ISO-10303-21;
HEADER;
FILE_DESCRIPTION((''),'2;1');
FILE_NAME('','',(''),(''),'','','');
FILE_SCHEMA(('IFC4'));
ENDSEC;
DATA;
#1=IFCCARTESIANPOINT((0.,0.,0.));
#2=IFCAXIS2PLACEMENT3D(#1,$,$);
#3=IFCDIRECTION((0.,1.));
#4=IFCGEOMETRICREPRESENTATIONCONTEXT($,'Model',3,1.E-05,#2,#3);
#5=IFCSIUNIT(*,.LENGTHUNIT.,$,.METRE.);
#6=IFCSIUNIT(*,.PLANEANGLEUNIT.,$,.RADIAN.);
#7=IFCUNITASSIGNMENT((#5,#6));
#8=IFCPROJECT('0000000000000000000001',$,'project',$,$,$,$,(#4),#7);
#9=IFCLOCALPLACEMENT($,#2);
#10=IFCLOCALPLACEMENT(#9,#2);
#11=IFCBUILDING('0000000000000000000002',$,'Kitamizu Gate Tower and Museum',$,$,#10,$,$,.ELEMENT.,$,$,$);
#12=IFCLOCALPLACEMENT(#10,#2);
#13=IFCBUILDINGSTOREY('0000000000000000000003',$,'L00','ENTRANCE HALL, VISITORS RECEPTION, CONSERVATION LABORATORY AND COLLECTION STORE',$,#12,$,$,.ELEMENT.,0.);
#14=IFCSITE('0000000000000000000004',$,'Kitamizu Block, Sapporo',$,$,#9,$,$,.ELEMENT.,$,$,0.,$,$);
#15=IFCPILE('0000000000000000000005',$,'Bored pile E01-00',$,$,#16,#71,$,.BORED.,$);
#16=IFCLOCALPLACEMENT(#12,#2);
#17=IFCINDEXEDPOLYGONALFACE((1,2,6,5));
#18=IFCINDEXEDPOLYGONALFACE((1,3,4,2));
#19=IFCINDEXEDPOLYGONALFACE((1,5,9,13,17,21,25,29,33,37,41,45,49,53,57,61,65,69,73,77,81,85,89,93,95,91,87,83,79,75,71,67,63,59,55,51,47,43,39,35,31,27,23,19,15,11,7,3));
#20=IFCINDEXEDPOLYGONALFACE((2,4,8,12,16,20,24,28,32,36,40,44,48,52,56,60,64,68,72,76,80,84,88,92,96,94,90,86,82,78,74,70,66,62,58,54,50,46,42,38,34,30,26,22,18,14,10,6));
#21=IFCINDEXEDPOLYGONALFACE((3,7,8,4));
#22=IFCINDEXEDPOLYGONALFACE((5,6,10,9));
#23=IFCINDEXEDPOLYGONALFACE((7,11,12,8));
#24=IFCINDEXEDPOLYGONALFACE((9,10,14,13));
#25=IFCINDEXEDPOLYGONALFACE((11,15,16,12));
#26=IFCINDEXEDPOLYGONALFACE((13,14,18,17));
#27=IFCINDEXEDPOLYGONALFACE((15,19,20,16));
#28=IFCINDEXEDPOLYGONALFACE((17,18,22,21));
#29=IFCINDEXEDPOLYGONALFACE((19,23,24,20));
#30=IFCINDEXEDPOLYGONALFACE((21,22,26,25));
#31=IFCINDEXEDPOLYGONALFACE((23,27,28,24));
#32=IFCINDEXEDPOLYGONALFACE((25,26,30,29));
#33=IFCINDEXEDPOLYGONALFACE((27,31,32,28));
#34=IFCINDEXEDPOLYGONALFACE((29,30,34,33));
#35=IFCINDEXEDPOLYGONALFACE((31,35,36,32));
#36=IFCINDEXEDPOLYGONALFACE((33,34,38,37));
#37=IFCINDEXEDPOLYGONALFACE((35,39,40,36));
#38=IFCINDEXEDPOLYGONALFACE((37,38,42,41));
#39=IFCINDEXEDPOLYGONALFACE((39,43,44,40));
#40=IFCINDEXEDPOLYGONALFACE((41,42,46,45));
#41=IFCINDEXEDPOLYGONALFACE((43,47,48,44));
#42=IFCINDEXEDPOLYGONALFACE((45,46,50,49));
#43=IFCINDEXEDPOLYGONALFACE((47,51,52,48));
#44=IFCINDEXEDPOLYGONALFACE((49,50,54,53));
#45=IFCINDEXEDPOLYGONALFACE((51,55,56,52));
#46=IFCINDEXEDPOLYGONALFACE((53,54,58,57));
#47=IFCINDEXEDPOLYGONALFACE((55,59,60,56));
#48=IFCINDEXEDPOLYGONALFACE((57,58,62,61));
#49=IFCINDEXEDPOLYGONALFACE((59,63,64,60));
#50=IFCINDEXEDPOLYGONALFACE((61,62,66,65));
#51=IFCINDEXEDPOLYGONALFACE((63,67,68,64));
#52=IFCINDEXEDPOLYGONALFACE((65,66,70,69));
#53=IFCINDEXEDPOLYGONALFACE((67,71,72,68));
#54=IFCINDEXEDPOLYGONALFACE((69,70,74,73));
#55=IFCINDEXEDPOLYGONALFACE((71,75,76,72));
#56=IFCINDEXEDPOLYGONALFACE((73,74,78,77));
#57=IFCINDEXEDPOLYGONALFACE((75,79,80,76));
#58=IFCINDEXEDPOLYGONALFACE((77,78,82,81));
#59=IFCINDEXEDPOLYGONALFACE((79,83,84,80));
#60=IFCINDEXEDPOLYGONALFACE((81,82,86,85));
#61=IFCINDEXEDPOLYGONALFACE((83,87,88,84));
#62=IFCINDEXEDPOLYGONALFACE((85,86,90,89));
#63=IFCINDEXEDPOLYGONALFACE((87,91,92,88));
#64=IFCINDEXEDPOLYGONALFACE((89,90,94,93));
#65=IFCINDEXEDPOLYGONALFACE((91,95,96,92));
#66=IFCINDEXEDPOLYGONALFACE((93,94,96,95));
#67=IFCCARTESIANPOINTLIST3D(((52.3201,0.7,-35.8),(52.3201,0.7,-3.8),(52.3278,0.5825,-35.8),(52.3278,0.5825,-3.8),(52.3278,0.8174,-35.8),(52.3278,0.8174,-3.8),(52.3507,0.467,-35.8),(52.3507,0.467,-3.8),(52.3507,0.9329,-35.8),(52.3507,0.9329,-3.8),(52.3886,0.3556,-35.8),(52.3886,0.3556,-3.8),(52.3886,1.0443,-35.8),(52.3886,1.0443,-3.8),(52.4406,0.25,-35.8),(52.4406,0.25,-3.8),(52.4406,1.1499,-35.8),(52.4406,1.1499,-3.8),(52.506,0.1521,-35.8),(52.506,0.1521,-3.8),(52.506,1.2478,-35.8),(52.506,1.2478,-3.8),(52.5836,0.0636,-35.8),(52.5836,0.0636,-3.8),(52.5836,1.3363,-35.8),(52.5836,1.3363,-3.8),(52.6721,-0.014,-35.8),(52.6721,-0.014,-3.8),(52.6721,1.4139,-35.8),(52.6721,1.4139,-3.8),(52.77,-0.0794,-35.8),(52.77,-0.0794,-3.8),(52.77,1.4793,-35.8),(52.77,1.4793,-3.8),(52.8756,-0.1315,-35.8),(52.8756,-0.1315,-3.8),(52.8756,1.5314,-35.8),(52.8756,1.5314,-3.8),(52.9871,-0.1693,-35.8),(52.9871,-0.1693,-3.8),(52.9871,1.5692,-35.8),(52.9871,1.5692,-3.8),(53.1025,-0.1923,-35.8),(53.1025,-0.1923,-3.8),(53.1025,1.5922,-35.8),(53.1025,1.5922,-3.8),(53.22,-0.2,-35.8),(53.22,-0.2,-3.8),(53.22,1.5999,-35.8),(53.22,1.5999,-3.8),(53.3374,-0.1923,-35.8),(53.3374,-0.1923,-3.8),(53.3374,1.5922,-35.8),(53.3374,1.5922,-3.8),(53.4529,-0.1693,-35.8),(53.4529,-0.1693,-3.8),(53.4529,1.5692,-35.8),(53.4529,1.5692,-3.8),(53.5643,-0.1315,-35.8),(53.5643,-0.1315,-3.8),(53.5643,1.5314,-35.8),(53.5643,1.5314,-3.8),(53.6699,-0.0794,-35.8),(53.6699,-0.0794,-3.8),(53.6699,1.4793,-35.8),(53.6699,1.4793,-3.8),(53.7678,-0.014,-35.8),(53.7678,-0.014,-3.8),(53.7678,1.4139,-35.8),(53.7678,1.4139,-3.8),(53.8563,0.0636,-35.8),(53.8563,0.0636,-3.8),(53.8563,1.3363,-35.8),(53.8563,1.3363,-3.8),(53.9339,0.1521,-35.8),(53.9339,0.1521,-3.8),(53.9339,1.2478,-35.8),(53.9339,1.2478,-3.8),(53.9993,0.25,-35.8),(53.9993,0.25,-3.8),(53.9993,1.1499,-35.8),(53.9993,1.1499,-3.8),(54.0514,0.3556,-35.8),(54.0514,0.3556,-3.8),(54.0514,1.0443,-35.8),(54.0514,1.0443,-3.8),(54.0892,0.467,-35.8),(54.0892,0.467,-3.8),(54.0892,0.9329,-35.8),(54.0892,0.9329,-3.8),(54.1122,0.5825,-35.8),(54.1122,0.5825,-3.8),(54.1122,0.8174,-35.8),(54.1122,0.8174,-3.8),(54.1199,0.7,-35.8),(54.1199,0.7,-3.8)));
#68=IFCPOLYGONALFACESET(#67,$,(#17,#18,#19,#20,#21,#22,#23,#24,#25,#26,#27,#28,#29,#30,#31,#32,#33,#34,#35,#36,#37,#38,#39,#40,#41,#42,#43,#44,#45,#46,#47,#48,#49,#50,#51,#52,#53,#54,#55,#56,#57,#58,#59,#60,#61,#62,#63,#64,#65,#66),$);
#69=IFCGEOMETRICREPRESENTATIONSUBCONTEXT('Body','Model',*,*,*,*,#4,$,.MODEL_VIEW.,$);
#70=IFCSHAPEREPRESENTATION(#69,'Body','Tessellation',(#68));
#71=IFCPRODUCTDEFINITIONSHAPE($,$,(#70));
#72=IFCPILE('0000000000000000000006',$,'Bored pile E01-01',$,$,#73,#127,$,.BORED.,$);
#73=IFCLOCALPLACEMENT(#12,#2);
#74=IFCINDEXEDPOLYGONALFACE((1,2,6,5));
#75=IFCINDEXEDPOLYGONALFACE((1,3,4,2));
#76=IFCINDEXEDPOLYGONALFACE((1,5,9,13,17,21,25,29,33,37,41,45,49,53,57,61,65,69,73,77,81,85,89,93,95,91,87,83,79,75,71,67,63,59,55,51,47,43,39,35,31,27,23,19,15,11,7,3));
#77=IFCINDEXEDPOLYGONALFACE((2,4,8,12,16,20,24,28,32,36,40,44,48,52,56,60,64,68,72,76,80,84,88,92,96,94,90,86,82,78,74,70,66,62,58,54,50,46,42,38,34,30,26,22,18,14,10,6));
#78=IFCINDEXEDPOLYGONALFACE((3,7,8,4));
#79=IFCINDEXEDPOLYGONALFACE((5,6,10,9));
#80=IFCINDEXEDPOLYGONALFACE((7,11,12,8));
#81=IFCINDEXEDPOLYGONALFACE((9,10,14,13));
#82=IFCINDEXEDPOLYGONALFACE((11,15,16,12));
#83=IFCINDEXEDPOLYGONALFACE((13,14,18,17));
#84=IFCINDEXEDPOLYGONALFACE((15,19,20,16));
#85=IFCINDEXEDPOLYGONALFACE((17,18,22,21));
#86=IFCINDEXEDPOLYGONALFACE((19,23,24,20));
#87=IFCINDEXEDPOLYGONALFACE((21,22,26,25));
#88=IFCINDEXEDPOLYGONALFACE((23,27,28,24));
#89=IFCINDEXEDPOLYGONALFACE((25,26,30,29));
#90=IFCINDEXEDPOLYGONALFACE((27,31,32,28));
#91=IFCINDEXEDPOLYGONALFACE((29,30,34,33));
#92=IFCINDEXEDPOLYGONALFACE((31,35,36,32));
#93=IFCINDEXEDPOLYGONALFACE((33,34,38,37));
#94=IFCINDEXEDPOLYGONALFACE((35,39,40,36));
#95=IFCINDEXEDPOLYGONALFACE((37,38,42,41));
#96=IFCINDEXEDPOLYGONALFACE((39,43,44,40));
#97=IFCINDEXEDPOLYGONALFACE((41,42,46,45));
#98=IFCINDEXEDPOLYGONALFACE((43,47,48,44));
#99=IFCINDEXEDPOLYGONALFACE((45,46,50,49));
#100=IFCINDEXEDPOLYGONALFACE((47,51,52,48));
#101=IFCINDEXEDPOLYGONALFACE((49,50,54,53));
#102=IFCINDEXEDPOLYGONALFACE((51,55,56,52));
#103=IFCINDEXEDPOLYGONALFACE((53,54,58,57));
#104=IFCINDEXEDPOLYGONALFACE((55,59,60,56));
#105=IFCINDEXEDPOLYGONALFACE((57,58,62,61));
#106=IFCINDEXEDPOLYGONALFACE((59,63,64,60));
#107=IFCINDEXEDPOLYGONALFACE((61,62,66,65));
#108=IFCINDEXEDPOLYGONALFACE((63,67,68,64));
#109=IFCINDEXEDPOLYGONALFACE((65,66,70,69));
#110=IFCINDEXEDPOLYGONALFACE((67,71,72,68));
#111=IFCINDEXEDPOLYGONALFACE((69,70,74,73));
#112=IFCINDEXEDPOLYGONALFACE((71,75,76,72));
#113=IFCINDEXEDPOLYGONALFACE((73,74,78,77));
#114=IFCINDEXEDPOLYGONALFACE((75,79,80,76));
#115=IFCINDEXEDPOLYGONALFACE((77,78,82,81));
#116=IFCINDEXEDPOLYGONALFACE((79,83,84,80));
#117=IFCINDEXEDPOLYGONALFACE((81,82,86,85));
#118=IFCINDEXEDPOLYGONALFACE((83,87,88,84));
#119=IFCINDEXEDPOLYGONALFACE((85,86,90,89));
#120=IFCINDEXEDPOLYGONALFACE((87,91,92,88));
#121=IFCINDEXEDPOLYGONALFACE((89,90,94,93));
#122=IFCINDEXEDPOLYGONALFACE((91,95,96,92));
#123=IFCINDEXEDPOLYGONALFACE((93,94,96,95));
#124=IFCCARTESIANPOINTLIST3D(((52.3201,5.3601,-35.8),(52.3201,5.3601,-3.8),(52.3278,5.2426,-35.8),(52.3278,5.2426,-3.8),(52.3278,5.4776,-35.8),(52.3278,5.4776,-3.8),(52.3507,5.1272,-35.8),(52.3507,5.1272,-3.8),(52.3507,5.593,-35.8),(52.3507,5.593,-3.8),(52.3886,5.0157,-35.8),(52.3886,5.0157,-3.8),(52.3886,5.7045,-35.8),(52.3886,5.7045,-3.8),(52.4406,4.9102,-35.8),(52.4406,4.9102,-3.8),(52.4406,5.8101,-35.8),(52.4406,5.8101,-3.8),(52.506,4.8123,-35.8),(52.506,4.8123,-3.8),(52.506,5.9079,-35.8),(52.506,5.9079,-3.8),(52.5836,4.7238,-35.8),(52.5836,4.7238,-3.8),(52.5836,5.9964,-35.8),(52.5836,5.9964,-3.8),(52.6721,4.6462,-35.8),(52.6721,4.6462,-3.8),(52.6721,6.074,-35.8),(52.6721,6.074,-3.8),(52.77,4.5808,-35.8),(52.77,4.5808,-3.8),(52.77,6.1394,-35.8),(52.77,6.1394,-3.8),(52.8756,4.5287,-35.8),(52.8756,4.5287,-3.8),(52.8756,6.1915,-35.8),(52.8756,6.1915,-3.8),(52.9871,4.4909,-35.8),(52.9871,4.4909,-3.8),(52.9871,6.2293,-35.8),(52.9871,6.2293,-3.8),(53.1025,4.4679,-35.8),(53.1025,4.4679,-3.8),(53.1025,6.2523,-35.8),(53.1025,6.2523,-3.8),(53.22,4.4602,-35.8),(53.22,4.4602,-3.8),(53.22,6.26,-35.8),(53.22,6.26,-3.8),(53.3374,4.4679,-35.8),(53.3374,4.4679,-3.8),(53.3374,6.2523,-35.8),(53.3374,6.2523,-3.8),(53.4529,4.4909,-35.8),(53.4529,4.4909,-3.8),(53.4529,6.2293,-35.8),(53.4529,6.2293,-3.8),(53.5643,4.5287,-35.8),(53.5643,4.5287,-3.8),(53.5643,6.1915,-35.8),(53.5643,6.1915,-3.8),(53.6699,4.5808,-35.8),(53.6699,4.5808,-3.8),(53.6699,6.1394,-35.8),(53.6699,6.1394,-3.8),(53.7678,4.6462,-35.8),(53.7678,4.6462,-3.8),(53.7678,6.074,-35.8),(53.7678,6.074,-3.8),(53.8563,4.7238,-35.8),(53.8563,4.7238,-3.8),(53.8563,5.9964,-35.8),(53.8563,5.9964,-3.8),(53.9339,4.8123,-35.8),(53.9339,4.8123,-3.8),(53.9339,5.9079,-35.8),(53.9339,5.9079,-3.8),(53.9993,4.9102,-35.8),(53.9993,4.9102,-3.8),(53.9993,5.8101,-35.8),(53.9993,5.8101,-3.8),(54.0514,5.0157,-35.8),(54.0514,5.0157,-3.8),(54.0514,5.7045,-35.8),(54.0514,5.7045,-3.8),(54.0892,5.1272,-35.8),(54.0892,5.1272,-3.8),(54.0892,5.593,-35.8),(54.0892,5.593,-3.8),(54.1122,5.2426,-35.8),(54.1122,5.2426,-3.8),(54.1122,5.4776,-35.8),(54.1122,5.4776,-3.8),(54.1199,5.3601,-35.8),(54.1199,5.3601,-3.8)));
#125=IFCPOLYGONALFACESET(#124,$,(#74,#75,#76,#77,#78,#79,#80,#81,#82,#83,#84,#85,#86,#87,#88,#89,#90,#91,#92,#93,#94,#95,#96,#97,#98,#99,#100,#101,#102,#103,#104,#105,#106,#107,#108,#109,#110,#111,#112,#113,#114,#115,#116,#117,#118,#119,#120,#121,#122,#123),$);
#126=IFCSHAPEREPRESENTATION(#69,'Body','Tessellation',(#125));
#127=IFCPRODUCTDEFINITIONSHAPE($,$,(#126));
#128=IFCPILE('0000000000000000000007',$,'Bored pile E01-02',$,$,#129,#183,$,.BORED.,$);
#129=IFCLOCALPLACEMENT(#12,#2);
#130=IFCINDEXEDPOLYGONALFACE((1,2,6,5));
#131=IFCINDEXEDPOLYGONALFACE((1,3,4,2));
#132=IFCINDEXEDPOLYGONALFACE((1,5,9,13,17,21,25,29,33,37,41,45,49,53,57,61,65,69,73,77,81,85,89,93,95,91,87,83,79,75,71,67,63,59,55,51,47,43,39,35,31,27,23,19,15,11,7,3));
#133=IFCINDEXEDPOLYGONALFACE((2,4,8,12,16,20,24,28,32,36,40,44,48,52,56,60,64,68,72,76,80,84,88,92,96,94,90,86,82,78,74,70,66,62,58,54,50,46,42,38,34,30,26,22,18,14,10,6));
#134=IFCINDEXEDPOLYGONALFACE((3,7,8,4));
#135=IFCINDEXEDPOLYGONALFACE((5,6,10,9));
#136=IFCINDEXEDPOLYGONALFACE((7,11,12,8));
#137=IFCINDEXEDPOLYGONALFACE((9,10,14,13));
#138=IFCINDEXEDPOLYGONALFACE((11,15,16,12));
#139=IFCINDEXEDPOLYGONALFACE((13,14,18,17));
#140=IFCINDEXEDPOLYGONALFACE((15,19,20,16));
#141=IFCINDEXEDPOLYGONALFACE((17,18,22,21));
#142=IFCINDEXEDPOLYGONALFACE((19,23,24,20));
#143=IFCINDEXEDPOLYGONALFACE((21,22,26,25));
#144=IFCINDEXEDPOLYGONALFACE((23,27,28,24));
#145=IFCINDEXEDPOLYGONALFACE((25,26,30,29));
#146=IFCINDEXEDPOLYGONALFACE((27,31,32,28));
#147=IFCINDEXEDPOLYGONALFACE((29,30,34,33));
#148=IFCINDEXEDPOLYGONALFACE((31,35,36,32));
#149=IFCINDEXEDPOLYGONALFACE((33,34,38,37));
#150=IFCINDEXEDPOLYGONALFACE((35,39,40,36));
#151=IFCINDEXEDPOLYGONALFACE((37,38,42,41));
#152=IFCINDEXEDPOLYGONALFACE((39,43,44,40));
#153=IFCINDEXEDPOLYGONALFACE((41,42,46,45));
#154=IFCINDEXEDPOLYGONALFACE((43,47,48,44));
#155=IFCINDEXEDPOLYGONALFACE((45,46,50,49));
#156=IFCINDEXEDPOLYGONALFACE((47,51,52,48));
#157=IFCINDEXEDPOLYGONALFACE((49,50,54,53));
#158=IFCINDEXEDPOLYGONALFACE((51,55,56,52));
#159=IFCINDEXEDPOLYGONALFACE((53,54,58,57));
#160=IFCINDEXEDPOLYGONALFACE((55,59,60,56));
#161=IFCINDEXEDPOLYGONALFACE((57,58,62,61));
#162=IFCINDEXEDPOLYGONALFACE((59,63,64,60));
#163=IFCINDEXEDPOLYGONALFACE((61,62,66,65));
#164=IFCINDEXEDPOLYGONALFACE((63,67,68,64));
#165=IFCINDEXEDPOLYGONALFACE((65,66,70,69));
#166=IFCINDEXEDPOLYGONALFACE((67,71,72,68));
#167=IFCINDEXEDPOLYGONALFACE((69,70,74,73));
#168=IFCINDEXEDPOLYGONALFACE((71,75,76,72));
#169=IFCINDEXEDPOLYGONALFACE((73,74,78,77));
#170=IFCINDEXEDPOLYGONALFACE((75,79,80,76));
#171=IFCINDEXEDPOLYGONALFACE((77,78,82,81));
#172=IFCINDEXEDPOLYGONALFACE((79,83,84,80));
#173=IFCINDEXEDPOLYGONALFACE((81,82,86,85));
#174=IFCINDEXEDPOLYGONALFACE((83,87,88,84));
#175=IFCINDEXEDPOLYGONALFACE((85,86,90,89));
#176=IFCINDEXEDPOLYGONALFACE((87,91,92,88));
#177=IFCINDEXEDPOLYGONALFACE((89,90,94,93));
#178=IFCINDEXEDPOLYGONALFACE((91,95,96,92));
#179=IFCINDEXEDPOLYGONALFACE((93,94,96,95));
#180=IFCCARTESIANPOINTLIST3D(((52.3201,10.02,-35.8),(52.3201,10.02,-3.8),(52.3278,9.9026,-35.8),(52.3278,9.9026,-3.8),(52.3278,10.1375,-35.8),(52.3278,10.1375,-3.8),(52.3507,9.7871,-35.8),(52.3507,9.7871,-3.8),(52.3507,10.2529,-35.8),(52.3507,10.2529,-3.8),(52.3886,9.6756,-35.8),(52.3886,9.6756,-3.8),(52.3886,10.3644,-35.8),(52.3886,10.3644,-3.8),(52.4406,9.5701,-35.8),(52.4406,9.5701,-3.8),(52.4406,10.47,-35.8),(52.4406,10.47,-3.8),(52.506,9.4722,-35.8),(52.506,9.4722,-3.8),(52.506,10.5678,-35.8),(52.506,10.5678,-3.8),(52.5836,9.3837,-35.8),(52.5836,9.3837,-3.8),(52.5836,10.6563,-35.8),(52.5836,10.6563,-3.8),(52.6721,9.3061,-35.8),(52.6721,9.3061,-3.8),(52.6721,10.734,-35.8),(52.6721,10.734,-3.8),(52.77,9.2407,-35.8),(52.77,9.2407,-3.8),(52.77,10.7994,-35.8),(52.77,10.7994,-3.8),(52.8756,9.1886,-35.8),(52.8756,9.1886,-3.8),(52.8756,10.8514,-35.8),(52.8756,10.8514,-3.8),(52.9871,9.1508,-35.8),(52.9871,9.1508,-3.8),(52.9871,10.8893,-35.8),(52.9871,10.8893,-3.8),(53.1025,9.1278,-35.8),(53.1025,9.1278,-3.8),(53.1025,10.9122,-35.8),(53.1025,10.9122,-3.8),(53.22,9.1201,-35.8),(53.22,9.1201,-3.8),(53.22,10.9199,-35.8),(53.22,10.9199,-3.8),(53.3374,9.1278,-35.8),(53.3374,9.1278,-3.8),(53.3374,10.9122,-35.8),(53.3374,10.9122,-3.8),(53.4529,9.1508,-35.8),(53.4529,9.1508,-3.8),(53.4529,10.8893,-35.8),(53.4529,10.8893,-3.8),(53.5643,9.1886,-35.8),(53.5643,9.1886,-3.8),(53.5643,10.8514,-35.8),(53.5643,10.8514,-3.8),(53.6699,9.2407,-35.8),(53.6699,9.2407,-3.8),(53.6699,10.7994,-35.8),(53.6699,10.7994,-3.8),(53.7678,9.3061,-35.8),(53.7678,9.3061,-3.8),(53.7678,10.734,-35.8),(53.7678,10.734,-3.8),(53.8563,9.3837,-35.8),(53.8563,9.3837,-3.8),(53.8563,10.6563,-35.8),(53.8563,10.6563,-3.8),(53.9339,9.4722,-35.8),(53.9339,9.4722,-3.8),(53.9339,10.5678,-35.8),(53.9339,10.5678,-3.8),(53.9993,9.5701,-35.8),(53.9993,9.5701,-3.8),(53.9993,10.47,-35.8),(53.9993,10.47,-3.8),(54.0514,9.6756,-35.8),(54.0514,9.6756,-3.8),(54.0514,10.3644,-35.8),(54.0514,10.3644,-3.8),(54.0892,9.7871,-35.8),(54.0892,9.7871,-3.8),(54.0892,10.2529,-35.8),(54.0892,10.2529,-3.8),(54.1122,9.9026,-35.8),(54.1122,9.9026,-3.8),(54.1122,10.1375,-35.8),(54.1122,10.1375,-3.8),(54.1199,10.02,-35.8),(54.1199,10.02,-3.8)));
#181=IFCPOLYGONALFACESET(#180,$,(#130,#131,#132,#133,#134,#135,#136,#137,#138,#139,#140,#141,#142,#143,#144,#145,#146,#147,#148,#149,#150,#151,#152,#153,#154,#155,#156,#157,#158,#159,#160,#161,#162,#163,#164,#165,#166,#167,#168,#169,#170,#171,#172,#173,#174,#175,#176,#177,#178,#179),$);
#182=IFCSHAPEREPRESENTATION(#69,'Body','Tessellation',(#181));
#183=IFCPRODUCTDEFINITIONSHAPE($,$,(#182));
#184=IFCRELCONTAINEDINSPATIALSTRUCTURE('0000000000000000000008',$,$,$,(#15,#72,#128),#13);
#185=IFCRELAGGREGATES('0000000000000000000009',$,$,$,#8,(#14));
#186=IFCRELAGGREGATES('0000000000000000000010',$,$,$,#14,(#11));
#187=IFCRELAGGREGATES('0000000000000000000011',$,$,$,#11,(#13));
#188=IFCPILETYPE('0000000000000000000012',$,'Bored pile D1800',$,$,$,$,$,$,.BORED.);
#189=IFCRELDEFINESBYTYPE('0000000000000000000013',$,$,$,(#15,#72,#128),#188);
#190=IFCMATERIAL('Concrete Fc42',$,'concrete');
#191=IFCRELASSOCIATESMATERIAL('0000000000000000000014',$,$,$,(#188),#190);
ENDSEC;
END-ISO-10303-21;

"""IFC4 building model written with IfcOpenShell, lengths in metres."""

from ifc_helpers import new_model, si_unit, direction, frame, origin, origin_2d, place, context, subcontext, project, spatial, circle, extrude, material, material_profile, profile_set, type_object, element, save


model = new_model("IFC4")

# Units and contexts
model_context = context("Model", 3, precision=1e-05, world=origin(), true_north=direction((0.0, 1.0)))
body_context = subcontext(model_context, "Body", "Model", "MODEL_VIEW")
ifc_project = project(units=[si_unit("LENGTHUNIT", "METRE"), si_unit("PLANEANGLEUNIT", "RADIAN")], contexts=[model_context])

# Site, building, storey
site_placement = place(None, origin())
site = spatial("IfcSite", under=ifc_project, at=site_placement, Name="Kitamizu Block, Sapporo", CompositionType="ELEMENT", RefElevation=0.0)
building_placement = place(site_placement, origin())
building = spatial("IfcBuilding", under=site, at=building_placement, Name="Kitamizu Gate Tower and Museum", CompositionType="ELEMENT")
storey_placement = place(building_placement, origin())
storey = spatial("IfcBuildingStorey", under=building, at=storey_placement, Name="L00", Description="ENTRANCE HALL, VISITORS RECEPTION, CONSERVATION LABORATORY AND COLLECTION STORE", CompositionType="ELEMENT", Elevation=0.0)

# Piles
ifc_material_1 = material(Name="Concrete Fc42", Category="concrete")
ifc_material_profile_1 = material_profile(ifc_material_1, circle(Radius=0.8999, at=origin_2d()), Name="Bored pile D1800")
ifc_profile_set_1 = profile_set([ifc_material_profile_1], Name="Concrete Fc42")
pile_type = type_object("IfcPileType", Name="Bored pile D1800", PredefinedType="BORED", material=ifc_profile_set_1)
for number, where, z_axis, x_axis, name in (
    (1, (53.22, 0.7, -3.8), (0.0, 0.0, -1.0), (1.0, 0.0, 0.0), "Bored pile E01-00"),
    (2, (53.22, 5.3601, -3.8), (0.0, 0.0, -1.0), (1.0, 0.0, 0.0), "Bored pile E01-01"),
    (3, (53.22, 10.02, -3.8), (0.0, 0.0, -1.0), (1.0, 0.0, 0.0), "Bored pile E01-02"),
):
    element("IfcPile", number, at=place(storey_placement, frame(where, z_axis=z_axis, x_axis=x_axis)), inside=storey, type_object=pile_type, Name=name, PredefinedType="BORED", context=body_context, shape_type="SweptSolid", body=[
        extrude(circle(Radius=0.8999, at=origin_2d()), origin(), (0.0, 0.0, 1.0), 32.0),
    ])

save(model, "model.ifc")
